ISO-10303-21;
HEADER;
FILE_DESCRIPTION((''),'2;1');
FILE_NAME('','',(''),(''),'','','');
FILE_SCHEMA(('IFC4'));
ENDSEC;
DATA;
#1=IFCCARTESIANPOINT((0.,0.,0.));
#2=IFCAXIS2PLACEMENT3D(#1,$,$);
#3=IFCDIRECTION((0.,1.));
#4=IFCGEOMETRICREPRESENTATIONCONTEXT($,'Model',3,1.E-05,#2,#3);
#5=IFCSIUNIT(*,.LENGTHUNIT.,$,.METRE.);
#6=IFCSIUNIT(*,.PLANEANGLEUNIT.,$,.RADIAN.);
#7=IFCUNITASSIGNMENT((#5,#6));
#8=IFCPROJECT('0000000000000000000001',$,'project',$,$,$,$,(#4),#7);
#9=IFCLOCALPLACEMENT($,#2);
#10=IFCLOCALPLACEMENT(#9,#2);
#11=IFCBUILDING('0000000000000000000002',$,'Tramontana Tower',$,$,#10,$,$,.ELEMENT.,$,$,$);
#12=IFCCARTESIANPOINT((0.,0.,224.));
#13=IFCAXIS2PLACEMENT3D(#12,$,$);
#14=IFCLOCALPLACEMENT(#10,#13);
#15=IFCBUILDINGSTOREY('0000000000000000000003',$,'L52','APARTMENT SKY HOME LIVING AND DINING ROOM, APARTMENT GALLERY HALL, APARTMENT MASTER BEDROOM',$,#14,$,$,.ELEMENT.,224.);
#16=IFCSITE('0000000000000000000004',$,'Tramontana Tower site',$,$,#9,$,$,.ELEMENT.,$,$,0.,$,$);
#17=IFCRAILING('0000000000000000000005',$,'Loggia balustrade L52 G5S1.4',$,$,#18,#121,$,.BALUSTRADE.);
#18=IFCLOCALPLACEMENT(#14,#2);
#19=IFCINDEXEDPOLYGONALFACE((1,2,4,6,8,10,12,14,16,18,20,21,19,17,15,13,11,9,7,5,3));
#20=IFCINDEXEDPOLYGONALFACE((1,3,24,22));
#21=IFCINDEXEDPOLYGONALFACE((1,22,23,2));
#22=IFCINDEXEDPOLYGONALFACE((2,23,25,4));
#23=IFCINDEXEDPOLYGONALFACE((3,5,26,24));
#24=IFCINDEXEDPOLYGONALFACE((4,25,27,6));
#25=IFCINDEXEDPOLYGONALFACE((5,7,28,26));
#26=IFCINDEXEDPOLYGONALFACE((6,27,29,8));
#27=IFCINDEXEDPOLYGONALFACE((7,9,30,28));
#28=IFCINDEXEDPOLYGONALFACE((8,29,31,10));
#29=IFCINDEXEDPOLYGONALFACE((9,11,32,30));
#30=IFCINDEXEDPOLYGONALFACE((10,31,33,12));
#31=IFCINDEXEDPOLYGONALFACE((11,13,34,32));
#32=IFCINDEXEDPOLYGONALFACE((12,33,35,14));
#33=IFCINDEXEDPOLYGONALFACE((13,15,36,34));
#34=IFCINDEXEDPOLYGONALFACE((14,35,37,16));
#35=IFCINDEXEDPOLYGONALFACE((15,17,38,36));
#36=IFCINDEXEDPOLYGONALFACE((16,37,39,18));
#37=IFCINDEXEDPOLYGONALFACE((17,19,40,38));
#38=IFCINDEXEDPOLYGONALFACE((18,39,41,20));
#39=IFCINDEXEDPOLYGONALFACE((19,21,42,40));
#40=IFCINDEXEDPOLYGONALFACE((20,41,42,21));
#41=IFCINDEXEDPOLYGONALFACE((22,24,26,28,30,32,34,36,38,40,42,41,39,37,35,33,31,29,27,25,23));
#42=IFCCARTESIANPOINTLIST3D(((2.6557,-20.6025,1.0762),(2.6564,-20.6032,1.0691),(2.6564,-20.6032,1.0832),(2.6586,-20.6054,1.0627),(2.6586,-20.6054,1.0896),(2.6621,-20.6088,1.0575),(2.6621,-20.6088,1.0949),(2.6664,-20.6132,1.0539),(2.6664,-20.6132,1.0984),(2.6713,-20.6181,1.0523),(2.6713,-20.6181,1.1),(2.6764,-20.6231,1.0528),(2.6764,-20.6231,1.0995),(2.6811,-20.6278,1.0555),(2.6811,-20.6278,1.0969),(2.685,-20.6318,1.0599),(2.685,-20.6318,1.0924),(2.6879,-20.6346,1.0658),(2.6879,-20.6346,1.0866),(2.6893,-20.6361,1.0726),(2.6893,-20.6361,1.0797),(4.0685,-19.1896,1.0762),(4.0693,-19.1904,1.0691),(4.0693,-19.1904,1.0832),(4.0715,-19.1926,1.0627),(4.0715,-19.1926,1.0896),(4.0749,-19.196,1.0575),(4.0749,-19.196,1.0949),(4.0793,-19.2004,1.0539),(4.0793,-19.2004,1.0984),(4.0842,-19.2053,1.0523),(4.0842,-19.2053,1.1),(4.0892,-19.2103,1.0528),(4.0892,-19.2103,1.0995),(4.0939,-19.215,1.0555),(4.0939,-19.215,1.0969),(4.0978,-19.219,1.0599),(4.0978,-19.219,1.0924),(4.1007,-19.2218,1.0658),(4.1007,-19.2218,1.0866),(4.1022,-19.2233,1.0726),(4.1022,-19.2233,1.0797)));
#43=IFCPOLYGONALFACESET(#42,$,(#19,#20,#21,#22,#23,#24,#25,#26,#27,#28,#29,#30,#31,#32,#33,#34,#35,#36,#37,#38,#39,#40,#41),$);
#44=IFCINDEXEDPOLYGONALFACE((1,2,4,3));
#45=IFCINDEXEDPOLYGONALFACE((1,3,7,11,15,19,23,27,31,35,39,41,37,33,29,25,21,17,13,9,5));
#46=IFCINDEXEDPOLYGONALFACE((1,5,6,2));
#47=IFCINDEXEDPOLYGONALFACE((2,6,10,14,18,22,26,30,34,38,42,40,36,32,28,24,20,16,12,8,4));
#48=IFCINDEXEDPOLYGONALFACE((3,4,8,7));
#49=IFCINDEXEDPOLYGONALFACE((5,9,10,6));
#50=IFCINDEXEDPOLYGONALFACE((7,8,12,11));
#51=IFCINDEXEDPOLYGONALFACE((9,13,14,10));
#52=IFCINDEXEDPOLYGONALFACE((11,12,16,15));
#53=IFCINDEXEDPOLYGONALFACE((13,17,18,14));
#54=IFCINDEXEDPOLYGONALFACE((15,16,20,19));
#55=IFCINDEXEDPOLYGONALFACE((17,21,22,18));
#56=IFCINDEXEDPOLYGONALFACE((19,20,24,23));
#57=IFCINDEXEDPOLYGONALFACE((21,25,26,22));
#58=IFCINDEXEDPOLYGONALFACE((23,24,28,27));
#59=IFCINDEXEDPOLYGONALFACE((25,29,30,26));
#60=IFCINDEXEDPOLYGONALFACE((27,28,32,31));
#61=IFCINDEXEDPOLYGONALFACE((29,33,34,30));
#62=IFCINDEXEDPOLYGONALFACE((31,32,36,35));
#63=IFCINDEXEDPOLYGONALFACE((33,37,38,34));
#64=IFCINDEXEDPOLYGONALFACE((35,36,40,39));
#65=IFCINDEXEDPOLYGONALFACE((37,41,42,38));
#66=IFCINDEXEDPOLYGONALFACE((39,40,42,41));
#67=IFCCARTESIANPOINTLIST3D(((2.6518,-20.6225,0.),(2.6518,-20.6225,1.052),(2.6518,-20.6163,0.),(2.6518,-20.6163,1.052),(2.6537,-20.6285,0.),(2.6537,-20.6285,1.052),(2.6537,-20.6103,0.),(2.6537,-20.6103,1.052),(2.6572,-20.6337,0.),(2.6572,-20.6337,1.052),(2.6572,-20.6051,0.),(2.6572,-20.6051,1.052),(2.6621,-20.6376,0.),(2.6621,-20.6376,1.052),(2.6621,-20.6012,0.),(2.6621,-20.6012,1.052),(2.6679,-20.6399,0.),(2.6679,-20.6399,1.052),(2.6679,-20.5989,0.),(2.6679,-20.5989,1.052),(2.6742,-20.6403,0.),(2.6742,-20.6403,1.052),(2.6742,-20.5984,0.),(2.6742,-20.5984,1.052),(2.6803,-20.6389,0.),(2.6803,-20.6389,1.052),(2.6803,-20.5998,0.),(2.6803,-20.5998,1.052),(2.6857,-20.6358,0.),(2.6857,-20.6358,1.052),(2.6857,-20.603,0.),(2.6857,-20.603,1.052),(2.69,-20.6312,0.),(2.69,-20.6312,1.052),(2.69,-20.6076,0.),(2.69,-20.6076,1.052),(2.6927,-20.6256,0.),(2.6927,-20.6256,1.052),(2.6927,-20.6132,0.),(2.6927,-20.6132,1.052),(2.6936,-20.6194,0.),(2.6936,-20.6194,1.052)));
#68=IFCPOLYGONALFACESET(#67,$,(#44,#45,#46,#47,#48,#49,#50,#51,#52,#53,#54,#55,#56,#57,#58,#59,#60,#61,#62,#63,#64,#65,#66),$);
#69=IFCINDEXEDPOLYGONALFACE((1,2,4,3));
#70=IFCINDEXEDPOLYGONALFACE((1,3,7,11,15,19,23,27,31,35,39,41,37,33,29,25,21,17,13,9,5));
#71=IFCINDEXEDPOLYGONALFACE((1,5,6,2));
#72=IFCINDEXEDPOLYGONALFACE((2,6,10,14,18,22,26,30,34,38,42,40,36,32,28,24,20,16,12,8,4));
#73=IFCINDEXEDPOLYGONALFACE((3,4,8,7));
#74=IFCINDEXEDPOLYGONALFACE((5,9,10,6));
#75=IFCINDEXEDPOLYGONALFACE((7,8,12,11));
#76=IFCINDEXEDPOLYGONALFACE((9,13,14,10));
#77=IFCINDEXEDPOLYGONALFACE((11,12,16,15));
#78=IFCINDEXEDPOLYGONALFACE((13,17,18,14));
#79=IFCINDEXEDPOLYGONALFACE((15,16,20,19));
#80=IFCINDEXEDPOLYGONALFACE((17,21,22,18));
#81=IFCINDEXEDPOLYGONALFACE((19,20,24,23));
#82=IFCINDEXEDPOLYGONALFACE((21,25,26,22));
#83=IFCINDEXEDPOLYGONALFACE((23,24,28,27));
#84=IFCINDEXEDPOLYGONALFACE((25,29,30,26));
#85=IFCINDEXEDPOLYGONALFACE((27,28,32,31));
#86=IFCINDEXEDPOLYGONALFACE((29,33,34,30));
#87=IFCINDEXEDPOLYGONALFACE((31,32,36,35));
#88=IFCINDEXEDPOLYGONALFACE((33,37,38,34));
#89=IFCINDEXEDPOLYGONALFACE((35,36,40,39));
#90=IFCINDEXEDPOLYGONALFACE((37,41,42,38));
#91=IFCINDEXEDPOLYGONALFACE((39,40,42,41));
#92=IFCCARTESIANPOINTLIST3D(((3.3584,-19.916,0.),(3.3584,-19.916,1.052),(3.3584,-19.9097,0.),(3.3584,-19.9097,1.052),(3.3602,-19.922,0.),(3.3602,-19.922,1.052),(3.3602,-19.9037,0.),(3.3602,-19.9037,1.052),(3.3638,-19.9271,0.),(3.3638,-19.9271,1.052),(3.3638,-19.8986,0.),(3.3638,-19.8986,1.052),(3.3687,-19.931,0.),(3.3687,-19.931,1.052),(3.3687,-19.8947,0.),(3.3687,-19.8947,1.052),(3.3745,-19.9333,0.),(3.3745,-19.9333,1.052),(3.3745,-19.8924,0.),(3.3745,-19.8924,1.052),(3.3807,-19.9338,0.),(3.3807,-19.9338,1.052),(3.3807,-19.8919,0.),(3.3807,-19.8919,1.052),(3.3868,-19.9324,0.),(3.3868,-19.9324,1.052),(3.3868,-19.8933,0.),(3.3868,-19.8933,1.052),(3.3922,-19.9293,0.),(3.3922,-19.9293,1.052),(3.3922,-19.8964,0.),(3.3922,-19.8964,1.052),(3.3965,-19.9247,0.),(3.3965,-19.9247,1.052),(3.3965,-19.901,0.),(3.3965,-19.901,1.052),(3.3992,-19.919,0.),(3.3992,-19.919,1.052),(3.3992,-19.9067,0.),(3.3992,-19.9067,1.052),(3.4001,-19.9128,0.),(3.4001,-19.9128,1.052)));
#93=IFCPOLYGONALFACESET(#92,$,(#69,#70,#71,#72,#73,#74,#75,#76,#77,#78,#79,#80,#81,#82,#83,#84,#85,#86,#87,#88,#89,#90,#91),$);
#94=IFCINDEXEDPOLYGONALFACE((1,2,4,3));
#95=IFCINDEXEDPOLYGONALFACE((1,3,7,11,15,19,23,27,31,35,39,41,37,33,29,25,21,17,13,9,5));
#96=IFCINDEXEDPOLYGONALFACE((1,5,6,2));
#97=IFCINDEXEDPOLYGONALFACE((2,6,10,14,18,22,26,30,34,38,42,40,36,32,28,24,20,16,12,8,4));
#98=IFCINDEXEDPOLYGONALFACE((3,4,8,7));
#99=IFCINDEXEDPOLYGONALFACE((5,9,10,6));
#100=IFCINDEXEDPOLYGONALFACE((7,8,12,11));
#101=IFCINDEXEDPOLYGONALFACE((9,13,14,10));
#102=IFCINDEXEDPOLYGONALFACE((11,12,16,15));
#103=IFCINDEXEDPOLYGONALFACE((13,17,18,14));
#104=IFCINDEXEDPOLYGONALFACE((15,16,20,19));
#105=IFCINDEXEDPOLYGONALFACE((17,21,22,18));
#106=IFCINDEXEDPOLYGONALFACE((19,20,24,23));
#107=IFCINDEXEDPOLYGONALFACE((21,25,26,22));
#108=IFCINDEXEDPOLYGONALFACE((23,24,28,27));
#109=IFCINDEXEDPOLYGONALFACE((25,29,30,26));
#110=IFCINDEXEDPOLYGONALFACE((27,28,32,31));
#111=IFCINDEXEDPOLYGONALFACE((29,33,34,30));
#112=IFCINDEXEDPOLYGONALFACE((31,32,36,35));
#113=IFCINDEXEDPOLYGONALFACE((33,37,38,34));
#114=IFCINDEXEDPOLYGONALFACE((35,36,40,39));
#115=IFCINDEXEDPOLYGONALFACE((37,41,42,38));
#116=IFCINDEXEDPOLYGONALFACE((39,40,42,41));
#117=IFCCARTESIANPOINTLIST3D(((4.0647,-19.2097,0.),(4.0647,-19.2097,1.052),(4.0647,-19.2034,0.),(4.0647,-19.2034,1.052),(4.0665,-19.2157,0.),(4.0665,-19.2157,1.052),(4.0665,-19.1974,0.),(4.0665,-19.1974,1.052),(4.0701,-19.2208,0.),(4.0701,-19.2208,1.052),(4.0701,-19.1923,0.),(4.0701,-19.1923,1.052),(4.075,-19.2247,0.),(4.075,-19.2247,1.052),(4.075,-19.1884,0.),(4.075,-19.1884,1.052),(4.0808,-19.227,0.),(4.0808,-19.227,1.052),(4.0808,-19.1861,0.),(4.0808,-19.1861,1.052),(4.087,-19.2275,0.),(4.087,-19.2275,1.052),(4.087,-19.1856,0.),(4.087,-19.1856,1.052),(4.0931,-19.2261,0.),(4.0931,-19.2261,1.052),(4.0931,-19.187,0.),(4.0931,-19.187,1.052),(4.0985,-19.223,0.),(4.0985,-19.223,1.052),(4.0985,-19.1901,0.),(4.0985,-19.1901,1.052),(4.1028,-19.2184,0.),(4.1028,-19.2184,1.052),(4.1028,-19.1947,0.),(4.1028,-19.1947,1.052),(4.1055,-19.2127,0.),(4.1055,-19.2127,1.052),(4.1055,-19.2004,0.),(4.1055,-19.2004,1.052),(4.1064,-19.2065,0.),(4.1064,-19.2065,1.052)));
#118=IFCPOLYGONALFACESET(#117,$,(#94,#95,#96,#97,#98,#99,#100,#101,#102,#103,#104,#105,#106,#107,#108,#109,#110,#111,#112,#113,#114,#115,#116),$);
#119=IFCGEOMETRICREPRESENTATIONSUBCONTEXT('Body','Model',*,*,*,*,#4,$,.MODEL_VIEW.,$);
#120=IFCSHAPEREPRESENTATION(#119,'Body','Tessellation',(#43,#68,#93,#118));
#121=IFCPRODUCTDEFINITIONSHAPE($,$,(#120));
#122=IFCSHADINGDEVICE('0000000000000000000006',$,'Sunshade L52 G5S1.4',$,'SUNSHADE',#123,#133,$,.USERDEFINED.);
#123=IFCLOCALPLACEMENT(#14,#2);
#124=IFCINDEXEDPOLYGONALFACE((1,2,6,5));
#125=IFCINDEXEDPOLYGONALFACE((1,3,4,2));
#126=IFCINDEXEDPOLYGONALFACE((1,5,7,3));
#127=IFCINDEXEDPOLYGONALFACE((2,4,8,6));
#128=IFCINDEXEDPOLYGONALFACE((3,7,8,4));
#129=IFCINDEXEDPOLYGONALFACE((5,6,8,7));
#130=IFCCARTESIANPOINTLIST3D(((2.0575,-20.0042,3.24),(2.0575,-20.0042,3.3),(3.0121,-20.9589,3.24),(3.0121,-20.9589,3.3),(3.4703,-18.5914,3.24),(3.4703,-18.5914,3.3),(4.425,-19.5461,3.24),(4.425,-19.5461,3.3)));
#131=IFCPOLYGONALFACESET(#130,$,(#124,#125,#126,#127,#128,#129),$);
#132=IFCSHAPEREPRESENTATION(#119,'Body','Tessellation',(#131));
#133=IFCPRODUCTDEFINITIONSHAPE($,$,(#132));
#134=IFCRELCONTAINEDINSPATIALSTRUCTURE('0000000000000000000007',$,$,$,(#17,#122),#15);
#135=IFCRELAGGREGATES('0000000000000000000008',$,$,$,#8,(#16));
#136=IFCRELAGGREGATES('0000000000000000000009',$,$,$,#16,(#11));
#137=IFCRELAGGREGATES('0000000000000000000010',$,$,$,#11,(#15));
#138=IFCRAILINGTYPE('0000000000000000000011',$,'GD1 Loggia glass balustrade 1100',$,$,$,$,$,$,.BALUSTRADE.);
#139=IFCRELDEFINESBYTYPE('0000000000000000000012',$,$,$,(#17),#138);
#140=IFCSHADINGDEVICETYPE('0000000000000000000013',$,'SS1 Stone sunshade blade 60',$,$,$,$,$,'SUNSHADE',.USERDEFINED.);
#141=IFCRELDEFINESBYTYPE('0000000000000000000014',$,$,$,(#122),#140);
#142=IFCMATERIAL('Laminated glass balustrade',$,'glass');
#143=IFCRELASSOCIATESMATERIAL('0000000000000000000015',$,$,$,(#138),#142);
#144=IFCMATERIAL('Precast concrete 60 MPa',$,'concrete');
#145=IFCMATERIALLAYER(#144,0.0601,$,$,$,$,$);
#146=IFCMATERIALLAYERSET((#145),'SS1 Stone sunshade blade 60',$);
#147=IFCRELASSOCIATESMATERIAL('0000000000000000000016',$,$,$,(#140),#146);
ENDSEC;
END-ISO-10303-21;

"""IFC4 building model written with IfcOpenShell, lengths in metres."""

from ifc_helpers import new_model, si_unit, direction, frame, origin, origin_2d, place, context, subcontext, project, spatial, rectangle, circle, extrude, material, layer, layer_set, type_object, element, save


model = new_model("IFC4")

# Units and contexts
model_context = context("Model", 3, precision=1e-05, world=origin(), true_north=direction((0.0, 1.0)))
body_context = subcontext(model_context, "Body", "Model", "MODEL_VIEW")
ifc_project = project(units=[si_unit("LENGTHUNIT", "METRE"), si_unit("PLANEANGLEUNIT", "RADIAN")], contexts=[model_context])

# Site, building, storey
site_placement = place(None, origin())
site = spatial("IfcSite", under=ifc_project, at=site_placement, Name="Tramontana Tower site", CompositionType="ELEMENT", RefElevation=0.0)
building_placement = place(site_placement, origin())
building = spatial("IfcBuilding", under=site, at=building_placement, Name="Tramontana Tower", CompositionType="ELEMENT")
storey_placement = place(building_placement, frame((0.0, 0.0, 224.0)))
storey = spatial("IfcBuildingStorey", under=building, at=storey_placement, Name="L52", Description="APARTMENT SKY HOME LIVING AND DINING ROOM, APARTMENT GALLERY HALL, APARTMENT MASTER BEDROOM", CompositionType="ELEMENT", Elevation=224.0)

# Railing
ifc_material_1 = material(Name="Laminated glass balustrade", Category="glass")
railing_type = type_object("IfcRailingType", Name="GD1 Loggia glass balustrade 1100", PredefinedType="BALUSTRADE", material=ifc_material_1)
railing_placement = place(storey_placement, frame((2.6726, -20.6194, 0.0)))
element("IfcRailing", 1, at=railing_placement, inside=storey, type_object=railing_type, Name="Loggia balustrade L52 G5S1.4", PredefinedType="BALUSTRADE", context=body_context, shape_type="SweptSolid", body=[
    extrude(circle(Radius=0.0239, at=origin_2d()), frame((0.0, 0.0, 1.0762), z_axis=(0.707107, 0.707107, 0.0), x_axis=(-0.707107, 0.707107, 0.0)), (0.0, 0.0, 1.0), 1.998),
    extrude(circle(Radius=0.021, at=origin_2d()), origin(), (0.0, 0.0, 1.0), 1.052),
    extrude(circle(Radius=0.021, at=origin_2d()), frame((0.7065, 0.7065, 0.0)), (0.0, 0.0, 1.0), 1.052),
    extrude(circle(Radius=0.021, at=origin_2d()), frame((1.4128, 1.4128, 0.0)), (0.0, 0.0, 1.0), 1.052),
])

# Shading device
ifc_material_2 = material(Name="Precast concrete 60 MPa", Category="concrete")
ifc_layer_1 = layer(ifc_material_2, 0.0601)
ifc_layer_set_1 = layer_set([ifc_layer_1], Name="SS1 Stone sunshade blade 60")
shading_device_type = type_object("IfcShadingDeviceType", Name="SS1 Stone sunshade blade 60", ElementType="SUNSHADE", PredefinedType="USERDEFINED", material=ifc_layer_set_1)
shading_device_placement = place(storey_placement, frame((3.2412, -19.7751, 3.24), z_axis=(0.0, 0.0, 1.0), x_axis=(0.707107, 0.707107, 0.0)))
element("IfcShadingDevice", 2, at=shading_device_placement, inside=storey, type_object=shading_device_type, Name="Sunshade L52 G5S1.4", ObjectType="SUNSHADE", PredefinedType="USERDEFINED", context=body_context, shape_type="SweptSolid", body=[
    extrude(rectangle(XDim=1.998, YDim=1.3501, at=origin_2d()), origin(), (0.0, 0.0, 1.0), 0.0601),
])

save(model, "model.ifc")
